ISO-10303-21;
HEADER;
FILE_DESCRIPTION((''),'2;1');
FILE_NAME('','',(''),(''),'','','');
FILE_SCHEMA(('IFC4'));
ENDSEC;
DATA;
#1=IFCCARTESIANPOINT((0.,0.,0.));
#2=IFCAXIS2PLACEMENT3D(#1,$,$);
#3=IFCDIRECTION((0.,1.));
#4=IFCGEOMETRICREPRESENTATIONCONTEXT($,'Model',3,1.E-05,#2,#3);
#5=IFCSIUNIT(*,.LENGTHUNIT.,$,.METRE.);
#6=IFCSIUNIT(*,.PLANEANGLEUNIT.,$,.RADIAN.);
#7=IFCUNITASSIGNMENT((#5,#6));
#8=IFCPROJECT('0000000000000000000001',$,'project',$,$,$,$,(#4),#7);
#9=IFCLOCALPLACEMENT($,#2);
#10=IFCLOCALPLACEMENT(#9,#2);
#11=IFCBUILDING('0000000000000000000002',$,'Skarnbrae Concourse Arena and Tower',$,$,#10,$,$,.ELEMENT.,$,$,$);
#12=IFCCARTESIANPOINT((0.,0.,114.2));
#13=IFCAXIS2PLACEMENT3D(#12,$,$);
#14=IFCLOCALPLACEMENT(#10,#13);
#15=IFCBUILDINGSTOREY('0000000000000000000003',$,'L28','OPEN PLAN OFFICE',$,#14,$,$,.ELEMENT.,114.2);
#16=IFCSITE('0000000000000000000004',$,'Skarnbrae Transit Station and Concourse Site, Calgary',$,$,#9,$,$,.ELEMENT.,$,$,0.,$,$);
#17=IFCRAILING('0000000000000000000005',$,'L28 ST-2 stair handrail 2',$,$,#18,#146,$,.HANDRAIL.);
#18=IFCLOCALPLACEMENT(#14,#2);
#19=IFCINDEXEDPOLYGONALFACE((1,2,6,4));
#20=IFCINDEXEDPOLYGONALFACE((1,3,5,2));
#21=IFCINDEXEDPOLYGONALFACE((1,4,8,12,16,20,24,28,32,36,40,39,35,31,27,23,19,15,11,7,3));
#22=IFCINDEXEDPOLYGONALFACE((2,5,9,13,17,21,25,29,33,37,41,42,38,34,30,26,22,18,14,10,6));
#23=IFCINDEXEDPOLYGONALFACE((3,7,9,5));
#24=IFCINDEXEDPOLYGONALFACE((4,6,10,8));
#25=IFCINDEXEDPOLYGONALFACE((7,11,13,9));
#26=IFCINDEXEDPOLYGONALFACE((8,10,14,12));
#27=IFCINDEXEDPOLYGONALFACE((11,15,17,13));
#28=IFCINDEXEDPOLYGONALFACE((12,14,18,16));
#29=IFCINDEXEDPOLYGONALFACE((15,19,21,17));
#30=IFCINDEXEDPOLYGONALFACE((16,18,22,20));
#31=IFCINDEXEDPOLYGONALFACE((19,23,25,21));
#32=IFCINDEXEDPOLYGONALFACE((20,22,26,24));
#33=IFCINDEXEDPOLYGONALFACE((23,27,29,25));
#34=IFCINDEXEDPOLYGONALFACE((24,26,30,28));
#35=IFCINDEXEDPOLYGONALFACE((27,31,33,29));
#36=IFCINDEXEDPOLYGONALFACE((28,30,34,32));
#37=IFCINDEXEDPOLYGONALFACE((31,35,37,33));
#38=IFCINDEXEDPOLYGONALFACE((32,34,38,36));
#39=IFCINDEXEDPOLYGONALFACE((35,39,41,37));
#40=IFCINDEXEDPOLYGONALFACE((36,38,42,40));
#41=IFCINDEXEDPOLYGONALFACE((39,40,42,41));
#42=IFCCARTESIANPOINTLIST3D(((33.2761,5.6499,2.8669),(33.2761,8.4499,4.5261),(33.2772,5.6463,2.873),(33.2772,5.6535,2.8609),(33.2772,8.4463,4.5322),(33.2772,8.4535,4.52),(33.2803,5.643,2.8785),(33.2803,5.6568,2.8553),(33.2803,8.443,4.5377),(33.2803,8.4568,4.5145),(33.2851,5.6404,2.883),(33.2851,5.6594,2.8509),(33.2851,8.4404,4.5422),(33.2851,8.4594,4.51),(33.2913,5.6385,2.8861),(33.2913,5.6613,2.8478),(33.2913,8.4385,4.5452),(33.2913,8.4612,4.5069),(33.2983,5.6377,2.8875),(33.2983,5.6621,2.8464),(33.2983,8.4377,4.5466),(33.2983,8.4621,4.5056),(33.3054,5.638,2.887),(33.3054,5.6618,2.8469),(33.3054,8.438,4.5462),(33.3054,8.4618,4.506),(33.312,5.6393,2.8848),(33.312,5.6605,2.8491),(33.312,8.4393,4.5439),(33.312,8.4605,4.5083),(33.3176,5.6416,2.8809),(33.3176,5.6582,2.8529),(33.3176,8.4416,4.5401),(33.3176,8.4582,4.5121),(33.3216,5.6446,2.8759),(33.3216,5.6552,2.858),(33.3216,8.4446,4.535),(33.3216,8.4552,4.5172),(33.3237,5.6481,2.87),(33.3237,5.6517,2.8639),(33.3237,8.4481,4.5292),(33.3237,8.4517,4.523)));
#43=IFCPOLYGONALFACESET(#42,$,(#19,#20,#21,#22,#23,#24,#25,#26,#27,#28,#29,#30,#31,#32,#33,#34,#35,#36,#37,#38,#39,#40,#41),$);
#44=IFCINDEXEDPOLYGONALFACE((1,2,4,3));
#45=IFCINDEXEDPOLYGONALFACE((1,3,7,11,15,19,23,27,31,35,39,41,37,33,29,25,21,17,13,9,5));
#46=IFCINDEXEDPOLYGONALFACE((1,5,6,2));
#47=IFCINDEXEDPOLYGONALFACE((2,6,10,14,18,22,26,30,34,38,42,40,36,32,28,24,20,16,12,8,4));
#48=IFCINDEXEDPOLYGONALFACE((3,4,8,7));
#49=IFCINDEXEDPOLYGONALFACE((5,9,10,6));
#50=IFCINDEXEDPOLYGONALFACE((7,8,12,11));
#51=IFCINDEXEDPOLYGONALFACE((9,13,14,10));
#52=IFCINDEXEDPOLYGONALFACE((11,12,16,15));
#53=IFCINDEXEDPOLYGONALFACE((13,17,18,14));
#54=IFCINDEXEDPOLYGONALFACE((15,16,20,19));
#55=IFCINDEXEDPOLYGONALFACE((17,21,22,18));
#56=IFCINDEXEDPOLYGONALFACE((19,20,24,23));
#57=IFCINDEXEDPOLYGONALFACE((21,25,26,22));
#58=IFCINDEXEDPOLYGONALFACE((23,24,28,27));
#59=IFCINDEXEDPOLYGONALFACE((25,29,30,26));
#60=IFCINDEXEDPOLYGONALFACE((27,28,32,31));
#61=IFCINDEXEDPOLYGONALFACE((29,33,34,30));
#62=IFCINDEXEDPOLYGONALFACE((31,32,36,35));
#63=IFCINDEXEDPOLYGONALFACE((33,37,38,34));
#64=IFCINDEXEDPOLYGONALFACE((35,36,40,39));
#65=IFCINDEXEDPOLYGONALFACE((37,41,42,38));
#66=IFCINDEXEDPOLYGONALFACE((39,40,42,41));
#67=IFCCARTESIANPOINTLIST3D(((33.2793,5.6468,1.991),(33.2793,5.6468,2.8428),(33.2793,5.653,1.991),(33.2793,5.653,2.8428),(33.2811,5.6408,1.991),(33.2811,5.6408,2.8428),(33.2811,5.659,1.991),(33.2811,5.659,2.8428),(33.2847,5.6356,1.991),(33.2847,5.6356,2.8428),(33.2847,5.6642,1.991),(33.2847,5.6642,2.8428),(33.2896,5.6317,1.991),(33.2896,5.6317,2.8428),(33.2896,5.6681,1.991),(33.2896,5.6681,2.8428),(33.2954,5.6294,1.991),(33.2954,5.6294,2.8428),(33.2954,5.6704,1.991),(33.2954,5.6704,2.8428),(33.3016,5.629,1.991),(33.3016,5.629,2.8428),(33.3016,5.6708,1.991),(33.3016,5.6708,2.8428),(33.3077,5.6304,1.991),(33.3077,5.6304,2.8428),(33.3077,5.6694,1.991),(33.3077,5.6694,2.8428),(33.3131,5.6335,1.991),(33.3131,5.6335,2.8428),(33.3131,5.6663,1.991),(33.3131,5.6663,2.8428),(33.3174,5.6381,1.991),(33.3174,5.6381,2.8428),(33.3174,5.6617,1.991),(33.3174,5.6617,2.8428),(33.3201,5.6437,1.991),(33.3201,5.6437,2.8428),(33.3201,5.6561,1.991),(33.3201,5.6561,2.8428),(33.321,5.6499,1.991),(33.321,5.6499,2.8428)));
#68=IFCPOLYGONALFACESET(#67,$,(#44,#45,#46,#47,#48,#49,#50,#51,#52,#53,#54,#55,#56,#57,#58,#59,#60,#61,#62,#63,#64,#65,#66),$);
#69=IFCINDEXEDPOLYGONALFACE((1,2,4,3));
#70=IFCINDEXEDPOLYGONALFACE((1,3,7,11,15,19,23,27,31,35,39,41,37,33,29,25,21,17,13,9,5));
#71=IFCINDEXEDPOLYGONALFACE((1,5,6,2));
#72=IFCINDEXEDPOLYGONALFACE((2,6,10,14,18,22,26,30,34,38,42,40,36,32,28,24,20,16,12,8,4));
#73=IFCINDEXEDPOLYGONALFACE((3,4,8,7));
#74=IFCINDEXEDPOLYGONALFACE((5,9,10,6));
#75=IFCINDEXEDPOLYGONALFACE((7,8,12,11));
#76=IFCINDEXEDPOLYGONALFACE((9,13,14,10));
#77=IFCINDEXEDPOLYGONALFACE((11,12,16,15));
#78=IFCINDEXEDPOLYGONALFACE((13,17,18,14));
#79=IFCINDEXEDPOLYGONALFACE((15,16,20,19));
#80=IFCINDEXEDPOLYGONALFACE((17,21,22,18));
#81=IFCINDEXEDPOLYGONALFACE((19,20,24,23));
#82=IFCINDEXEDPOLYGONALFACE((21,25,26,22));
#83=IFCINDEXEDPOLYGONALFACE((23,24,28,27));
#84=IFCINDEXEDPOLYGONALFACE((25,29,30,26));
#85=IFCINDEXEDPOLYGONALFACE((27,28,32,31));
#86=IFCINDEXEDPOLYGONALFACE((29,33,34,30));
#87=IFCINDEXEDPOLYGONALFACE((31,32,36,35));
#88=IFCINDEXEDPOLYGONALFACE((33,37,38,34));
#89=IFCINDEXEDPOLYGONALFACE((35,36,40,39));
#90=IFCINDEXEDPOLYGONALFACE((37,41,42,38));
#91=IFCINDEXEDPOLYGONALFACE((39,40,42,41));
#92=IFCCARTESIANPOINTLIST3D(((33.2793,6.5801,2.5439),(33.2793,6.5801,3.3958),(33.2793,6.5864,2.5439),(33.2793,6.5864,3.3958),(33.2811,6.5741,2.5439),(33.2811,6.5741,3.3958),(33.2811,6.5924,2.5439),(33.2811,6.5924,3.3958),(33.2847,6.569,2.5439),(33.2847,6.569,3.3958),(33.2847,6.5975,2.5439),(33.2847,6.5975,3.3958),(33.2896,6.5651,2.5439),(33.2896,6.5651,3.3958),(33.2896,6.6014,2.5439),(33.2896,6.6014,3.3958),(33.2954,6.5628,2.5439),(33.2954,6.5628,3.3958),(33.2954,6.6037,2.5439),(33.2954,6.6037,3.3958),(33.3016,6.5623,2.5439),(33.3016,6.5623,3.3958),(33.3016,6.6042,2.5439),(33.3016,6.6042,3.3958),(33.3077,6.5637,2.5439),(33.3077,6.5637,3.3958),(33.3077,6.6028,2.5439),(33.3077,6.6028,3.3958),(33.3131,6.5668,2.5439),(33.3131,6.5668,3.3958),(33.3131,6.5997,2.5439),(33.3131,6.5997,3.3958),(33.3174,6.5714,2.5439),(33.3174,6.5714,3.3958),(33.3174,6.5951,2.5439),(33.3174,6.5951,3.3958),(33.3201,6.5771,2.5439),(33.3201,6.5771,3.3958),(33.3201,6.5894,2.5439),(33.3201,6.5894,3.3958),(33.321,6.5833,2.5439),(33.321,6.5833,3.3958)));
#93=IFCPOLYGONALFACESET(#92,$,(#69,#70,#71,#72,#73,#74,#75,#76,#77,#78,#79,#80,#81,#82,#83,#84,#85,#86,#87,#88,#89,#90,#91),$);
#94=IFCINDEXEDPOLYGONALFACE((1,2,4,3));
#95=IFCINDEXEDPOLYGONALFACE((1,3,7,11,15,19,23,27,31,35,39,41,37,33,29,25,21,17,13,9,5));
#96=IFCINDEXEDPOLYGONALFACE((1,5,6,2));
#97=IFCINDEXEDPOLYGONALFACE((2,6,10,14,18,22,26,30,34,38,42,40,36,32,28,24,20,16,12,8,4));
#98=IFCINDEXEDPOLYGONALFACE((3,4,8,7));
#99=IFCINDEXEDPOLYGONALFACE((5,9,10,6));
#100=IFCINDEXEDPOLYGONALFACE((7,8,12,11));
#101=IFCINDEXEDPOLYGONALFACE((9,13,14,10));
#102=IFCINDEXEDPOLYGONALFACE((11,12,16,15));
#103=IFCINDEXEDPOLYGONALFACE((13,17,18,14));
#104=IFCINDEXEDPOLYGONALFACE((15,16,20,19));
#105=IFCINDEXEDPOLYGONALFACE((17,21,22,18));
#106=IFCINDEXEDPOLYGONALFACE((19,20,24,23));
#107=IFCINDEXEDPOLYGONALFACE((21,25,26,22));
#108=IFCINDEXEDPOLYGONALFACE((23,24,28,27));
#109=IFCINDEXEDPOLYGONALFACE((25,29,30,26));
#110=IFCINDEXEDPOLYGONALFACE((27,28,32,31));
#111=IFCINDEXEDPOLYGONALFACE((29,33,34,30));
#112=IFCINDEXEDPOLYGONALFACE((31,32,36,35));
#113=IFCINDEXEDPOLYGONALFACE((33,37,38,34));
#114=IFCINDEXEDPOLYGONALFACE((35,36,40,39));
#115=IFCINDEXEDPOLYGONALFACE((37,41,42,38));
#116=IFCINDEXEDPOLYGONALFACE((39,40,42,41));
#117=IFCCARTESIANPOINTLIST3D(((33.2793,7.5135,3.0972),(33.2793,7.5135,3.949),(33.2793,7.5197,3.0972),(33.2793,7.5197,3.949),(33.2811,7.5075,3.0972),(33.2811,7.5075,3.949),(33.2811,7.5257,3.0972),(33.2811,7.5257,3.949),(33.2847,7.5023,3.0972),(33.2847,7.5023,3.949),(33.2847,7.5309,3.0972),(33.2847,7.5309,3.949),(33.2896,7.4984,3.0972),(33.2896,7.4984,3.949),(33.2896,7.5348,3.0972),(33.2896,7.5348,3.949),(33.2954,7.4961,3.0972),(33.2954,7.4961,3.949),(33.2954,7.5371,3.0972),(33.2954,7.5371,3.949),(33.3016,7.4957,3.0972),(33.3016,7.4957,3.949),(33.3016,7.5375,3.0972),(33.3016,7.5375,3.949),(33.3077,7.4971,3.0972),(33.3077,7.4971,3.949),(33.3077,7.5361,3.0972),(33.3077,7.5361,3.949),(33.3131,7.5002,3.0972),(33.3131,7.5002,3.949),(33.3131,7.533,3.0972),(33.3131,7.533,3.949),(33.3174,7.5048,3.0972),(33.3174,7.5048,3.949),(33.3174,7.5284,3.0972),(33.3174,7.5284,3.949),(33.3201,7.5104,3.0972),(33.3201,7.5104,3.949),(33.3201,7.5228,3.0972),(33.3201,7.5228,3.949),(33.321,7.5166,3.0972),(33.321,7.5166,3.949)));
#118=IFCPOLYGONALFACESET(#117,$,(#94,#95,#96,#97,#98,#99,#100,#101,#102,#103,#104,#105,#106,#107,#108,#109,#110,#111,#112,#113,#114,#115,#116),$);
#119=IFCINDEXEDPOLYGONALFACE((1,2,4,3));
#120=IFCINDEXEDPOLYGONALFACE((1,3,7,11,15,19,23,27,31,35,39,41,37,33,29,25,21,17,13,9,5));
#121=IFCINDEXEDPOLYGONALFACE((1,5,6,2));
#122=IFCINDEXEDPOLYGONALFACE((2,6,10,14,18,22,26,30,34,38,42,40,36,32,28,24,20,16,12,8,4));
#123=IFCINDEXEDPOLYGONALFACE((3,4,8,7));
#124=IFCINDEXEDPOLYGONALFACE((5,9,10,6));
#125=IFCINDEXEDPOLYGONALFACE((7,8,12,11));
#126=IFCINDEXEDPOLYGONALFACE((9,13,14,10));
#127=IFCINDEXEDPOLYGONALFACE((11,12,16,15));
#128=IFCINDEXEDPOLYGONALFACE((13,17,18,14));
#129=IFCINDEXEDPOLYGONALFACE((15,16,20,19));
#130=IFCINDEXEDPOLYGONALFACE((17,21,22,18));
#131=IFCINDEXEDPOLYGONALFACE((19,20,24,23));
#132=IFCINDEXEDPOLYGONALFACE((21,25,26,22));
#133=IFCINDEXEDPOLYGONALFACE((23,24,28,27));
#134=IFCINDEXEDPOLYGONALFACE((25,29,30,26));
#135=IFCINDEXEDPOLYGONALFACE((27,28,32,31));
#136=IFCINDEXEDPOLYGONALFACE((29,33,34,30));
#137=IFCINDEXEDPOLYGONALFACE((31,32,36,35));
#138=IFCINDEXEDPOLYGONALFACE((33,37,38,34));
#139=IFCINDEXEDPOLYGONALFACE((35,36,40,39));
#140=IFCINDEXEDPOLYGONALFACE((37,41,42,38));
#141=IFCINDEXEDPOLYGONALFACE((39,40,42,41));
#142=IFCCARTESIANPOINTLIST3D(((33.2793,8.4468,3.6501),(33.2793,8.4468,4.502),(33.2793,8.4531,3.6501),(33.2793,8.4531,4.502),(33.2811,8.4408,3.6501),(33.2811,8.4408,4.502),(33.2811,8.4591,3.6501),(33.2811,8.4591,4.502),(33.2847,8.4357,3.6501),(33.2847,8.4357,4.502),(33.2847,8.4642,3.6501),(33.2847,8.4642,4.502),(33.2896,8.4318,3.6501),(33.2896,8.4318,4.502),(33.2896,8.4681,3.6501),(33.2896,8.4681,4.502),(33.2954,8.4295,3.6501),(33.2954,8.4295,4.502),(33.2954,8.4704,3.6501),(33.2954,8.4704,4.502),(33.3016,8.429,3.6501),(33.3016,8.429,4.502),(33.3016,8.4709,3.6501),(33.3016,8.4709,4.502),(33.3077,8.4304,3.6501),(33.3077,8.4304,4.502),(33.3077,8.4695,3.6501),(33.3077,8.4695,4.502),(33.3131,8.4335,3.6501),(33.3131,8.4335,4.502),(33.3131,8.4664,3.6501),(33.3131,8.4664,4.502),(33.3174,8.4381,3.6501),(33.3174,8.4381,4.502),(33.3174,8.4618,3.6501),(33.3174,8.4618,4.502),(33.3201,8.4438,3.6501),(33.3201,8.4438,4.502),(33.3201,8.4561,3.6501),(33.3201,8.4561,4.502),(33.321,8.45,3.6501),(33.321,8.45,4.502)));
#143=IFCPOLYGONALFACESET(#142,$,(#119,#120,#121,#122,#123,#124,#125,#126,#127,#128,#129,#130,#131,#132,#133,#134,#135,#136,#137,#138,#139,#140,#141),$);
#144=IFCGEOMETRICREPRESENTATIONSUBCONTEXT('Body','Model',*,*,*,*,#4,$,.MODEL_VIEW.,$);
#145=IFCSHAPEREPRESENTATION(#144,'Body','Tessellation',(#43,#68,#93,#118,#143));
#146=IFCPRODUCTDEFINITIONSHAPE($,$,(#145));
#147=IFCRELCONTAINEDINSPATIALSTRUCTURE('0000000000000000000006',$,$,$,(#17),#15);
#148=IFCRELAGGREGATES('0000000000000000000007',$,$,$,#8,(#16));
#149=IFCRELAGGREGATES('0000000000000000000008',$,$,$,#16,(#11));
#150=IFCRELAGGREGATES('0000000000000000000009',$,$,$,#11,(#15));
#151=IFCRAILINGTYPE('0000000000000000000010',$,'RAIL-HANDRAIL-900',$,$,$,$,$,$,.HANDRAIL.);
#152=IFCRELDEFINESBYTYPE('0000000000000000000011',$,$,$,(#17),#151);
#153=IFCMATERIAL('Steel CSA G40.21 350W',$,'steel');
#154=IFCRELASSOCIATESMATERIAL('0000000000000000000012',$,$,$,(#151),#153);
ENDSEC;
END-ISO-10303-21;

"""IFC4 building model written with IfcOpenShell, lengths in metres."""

from ifc_helpers import new_model, si_unit, direction, frame, origin, origin_2d, place, context, subcontext, project, spatial, circle, extrude, material, type_object, element, save


model = new_model("IFC4")

# Units and contexts
model_context = context("Model", 3, precision=1e-05, world=origin(), true_north=direction((0.0, 1.0)))
body_context = subcontext(model_context, "Body", "Model", "MODEL_VIEW")
ifc_project = project(units=[si_unit("LENGTHUNIT", "METRE"), si_unit("PLANEANGLEUNIT", "RADIAN")], contexts=[model_context])

# Site, building, storey
site_placement = place(None, origin())
site = spatial("IfcSite", under=ifc_project, at=site_placement, Name="Skarnbrae Transit Station and Concourse Site, Calgary", CompositionType="ELEMENT", RefElevation=0.0)
building_placement = place(site_placement, origin())
building = spatial("IfcBuilding", under=site, at=building_placement, Name="Skarnbrae Concourse Arena and Tower", CompositionType="ELEMENT")
storey_placement = place(building_placement, frame((0.0, 0.0, 114.2)))
storey = spatial("IfcBuildingStorey", under=building, at=storey_placement, Name="L28", Description="OPEN PLAN OFFICE", CompositionType="ELEMENT", Elevation=114.2)

# Railing
ifc_material_1 = material(Name="Steel CSA G40.21 350W", Category="steel")
railing_type_1 = type_object("IfcRailingType", Name="RAIL-HANDRAIL-900", PredefinedType="HANDRAIL", material=ifc_material_1)
railing_1_placement = place(storey_placement, frame((33.3, 5.6499, 1.991)))
element("IfcRailing", 1, at=railing_1_placement, inside=storey, type_object=railing_type_1, Name="L28 ST-2 stair handrail 2", PredefinedType="HANDRAIL", context=body_context, shape_type="SweptSolid", body=[
    extrude(circle(Radius=0.0239, at=origin_2d()), frame((0.0, 0.0, 0.876), z_axis=(0.0, 0.860306, 0.509778), x_axis=(-1.0, 0.0, 0.0)), (0.0, 0.0, 1.0), 3.2546),
    extrude(circle(Radius=0.021, at=origin_2d()), origin(), (0.0, 0.0, 1.0), 0.8518),
    extrude(circle(Radius=0.021, at=origin_2d()), frame((0.0, 0.9333, 0.553)), (0.0, 0.0, 1.0), 0.8518),
    extrude(circle(Radius=0.021, at=origin_2d()), frame((0.0, 1.8667, 1.1062)), (0.0, 0.0, 1.0), 0.8518),
    extrude(circle(Radius=0.021, at=origin_2d()), frame((0.0, 2.8, 1.6592)), (0.0, 0.0, 1.0), 0.8518),
])

save(model, "model.ifc")
